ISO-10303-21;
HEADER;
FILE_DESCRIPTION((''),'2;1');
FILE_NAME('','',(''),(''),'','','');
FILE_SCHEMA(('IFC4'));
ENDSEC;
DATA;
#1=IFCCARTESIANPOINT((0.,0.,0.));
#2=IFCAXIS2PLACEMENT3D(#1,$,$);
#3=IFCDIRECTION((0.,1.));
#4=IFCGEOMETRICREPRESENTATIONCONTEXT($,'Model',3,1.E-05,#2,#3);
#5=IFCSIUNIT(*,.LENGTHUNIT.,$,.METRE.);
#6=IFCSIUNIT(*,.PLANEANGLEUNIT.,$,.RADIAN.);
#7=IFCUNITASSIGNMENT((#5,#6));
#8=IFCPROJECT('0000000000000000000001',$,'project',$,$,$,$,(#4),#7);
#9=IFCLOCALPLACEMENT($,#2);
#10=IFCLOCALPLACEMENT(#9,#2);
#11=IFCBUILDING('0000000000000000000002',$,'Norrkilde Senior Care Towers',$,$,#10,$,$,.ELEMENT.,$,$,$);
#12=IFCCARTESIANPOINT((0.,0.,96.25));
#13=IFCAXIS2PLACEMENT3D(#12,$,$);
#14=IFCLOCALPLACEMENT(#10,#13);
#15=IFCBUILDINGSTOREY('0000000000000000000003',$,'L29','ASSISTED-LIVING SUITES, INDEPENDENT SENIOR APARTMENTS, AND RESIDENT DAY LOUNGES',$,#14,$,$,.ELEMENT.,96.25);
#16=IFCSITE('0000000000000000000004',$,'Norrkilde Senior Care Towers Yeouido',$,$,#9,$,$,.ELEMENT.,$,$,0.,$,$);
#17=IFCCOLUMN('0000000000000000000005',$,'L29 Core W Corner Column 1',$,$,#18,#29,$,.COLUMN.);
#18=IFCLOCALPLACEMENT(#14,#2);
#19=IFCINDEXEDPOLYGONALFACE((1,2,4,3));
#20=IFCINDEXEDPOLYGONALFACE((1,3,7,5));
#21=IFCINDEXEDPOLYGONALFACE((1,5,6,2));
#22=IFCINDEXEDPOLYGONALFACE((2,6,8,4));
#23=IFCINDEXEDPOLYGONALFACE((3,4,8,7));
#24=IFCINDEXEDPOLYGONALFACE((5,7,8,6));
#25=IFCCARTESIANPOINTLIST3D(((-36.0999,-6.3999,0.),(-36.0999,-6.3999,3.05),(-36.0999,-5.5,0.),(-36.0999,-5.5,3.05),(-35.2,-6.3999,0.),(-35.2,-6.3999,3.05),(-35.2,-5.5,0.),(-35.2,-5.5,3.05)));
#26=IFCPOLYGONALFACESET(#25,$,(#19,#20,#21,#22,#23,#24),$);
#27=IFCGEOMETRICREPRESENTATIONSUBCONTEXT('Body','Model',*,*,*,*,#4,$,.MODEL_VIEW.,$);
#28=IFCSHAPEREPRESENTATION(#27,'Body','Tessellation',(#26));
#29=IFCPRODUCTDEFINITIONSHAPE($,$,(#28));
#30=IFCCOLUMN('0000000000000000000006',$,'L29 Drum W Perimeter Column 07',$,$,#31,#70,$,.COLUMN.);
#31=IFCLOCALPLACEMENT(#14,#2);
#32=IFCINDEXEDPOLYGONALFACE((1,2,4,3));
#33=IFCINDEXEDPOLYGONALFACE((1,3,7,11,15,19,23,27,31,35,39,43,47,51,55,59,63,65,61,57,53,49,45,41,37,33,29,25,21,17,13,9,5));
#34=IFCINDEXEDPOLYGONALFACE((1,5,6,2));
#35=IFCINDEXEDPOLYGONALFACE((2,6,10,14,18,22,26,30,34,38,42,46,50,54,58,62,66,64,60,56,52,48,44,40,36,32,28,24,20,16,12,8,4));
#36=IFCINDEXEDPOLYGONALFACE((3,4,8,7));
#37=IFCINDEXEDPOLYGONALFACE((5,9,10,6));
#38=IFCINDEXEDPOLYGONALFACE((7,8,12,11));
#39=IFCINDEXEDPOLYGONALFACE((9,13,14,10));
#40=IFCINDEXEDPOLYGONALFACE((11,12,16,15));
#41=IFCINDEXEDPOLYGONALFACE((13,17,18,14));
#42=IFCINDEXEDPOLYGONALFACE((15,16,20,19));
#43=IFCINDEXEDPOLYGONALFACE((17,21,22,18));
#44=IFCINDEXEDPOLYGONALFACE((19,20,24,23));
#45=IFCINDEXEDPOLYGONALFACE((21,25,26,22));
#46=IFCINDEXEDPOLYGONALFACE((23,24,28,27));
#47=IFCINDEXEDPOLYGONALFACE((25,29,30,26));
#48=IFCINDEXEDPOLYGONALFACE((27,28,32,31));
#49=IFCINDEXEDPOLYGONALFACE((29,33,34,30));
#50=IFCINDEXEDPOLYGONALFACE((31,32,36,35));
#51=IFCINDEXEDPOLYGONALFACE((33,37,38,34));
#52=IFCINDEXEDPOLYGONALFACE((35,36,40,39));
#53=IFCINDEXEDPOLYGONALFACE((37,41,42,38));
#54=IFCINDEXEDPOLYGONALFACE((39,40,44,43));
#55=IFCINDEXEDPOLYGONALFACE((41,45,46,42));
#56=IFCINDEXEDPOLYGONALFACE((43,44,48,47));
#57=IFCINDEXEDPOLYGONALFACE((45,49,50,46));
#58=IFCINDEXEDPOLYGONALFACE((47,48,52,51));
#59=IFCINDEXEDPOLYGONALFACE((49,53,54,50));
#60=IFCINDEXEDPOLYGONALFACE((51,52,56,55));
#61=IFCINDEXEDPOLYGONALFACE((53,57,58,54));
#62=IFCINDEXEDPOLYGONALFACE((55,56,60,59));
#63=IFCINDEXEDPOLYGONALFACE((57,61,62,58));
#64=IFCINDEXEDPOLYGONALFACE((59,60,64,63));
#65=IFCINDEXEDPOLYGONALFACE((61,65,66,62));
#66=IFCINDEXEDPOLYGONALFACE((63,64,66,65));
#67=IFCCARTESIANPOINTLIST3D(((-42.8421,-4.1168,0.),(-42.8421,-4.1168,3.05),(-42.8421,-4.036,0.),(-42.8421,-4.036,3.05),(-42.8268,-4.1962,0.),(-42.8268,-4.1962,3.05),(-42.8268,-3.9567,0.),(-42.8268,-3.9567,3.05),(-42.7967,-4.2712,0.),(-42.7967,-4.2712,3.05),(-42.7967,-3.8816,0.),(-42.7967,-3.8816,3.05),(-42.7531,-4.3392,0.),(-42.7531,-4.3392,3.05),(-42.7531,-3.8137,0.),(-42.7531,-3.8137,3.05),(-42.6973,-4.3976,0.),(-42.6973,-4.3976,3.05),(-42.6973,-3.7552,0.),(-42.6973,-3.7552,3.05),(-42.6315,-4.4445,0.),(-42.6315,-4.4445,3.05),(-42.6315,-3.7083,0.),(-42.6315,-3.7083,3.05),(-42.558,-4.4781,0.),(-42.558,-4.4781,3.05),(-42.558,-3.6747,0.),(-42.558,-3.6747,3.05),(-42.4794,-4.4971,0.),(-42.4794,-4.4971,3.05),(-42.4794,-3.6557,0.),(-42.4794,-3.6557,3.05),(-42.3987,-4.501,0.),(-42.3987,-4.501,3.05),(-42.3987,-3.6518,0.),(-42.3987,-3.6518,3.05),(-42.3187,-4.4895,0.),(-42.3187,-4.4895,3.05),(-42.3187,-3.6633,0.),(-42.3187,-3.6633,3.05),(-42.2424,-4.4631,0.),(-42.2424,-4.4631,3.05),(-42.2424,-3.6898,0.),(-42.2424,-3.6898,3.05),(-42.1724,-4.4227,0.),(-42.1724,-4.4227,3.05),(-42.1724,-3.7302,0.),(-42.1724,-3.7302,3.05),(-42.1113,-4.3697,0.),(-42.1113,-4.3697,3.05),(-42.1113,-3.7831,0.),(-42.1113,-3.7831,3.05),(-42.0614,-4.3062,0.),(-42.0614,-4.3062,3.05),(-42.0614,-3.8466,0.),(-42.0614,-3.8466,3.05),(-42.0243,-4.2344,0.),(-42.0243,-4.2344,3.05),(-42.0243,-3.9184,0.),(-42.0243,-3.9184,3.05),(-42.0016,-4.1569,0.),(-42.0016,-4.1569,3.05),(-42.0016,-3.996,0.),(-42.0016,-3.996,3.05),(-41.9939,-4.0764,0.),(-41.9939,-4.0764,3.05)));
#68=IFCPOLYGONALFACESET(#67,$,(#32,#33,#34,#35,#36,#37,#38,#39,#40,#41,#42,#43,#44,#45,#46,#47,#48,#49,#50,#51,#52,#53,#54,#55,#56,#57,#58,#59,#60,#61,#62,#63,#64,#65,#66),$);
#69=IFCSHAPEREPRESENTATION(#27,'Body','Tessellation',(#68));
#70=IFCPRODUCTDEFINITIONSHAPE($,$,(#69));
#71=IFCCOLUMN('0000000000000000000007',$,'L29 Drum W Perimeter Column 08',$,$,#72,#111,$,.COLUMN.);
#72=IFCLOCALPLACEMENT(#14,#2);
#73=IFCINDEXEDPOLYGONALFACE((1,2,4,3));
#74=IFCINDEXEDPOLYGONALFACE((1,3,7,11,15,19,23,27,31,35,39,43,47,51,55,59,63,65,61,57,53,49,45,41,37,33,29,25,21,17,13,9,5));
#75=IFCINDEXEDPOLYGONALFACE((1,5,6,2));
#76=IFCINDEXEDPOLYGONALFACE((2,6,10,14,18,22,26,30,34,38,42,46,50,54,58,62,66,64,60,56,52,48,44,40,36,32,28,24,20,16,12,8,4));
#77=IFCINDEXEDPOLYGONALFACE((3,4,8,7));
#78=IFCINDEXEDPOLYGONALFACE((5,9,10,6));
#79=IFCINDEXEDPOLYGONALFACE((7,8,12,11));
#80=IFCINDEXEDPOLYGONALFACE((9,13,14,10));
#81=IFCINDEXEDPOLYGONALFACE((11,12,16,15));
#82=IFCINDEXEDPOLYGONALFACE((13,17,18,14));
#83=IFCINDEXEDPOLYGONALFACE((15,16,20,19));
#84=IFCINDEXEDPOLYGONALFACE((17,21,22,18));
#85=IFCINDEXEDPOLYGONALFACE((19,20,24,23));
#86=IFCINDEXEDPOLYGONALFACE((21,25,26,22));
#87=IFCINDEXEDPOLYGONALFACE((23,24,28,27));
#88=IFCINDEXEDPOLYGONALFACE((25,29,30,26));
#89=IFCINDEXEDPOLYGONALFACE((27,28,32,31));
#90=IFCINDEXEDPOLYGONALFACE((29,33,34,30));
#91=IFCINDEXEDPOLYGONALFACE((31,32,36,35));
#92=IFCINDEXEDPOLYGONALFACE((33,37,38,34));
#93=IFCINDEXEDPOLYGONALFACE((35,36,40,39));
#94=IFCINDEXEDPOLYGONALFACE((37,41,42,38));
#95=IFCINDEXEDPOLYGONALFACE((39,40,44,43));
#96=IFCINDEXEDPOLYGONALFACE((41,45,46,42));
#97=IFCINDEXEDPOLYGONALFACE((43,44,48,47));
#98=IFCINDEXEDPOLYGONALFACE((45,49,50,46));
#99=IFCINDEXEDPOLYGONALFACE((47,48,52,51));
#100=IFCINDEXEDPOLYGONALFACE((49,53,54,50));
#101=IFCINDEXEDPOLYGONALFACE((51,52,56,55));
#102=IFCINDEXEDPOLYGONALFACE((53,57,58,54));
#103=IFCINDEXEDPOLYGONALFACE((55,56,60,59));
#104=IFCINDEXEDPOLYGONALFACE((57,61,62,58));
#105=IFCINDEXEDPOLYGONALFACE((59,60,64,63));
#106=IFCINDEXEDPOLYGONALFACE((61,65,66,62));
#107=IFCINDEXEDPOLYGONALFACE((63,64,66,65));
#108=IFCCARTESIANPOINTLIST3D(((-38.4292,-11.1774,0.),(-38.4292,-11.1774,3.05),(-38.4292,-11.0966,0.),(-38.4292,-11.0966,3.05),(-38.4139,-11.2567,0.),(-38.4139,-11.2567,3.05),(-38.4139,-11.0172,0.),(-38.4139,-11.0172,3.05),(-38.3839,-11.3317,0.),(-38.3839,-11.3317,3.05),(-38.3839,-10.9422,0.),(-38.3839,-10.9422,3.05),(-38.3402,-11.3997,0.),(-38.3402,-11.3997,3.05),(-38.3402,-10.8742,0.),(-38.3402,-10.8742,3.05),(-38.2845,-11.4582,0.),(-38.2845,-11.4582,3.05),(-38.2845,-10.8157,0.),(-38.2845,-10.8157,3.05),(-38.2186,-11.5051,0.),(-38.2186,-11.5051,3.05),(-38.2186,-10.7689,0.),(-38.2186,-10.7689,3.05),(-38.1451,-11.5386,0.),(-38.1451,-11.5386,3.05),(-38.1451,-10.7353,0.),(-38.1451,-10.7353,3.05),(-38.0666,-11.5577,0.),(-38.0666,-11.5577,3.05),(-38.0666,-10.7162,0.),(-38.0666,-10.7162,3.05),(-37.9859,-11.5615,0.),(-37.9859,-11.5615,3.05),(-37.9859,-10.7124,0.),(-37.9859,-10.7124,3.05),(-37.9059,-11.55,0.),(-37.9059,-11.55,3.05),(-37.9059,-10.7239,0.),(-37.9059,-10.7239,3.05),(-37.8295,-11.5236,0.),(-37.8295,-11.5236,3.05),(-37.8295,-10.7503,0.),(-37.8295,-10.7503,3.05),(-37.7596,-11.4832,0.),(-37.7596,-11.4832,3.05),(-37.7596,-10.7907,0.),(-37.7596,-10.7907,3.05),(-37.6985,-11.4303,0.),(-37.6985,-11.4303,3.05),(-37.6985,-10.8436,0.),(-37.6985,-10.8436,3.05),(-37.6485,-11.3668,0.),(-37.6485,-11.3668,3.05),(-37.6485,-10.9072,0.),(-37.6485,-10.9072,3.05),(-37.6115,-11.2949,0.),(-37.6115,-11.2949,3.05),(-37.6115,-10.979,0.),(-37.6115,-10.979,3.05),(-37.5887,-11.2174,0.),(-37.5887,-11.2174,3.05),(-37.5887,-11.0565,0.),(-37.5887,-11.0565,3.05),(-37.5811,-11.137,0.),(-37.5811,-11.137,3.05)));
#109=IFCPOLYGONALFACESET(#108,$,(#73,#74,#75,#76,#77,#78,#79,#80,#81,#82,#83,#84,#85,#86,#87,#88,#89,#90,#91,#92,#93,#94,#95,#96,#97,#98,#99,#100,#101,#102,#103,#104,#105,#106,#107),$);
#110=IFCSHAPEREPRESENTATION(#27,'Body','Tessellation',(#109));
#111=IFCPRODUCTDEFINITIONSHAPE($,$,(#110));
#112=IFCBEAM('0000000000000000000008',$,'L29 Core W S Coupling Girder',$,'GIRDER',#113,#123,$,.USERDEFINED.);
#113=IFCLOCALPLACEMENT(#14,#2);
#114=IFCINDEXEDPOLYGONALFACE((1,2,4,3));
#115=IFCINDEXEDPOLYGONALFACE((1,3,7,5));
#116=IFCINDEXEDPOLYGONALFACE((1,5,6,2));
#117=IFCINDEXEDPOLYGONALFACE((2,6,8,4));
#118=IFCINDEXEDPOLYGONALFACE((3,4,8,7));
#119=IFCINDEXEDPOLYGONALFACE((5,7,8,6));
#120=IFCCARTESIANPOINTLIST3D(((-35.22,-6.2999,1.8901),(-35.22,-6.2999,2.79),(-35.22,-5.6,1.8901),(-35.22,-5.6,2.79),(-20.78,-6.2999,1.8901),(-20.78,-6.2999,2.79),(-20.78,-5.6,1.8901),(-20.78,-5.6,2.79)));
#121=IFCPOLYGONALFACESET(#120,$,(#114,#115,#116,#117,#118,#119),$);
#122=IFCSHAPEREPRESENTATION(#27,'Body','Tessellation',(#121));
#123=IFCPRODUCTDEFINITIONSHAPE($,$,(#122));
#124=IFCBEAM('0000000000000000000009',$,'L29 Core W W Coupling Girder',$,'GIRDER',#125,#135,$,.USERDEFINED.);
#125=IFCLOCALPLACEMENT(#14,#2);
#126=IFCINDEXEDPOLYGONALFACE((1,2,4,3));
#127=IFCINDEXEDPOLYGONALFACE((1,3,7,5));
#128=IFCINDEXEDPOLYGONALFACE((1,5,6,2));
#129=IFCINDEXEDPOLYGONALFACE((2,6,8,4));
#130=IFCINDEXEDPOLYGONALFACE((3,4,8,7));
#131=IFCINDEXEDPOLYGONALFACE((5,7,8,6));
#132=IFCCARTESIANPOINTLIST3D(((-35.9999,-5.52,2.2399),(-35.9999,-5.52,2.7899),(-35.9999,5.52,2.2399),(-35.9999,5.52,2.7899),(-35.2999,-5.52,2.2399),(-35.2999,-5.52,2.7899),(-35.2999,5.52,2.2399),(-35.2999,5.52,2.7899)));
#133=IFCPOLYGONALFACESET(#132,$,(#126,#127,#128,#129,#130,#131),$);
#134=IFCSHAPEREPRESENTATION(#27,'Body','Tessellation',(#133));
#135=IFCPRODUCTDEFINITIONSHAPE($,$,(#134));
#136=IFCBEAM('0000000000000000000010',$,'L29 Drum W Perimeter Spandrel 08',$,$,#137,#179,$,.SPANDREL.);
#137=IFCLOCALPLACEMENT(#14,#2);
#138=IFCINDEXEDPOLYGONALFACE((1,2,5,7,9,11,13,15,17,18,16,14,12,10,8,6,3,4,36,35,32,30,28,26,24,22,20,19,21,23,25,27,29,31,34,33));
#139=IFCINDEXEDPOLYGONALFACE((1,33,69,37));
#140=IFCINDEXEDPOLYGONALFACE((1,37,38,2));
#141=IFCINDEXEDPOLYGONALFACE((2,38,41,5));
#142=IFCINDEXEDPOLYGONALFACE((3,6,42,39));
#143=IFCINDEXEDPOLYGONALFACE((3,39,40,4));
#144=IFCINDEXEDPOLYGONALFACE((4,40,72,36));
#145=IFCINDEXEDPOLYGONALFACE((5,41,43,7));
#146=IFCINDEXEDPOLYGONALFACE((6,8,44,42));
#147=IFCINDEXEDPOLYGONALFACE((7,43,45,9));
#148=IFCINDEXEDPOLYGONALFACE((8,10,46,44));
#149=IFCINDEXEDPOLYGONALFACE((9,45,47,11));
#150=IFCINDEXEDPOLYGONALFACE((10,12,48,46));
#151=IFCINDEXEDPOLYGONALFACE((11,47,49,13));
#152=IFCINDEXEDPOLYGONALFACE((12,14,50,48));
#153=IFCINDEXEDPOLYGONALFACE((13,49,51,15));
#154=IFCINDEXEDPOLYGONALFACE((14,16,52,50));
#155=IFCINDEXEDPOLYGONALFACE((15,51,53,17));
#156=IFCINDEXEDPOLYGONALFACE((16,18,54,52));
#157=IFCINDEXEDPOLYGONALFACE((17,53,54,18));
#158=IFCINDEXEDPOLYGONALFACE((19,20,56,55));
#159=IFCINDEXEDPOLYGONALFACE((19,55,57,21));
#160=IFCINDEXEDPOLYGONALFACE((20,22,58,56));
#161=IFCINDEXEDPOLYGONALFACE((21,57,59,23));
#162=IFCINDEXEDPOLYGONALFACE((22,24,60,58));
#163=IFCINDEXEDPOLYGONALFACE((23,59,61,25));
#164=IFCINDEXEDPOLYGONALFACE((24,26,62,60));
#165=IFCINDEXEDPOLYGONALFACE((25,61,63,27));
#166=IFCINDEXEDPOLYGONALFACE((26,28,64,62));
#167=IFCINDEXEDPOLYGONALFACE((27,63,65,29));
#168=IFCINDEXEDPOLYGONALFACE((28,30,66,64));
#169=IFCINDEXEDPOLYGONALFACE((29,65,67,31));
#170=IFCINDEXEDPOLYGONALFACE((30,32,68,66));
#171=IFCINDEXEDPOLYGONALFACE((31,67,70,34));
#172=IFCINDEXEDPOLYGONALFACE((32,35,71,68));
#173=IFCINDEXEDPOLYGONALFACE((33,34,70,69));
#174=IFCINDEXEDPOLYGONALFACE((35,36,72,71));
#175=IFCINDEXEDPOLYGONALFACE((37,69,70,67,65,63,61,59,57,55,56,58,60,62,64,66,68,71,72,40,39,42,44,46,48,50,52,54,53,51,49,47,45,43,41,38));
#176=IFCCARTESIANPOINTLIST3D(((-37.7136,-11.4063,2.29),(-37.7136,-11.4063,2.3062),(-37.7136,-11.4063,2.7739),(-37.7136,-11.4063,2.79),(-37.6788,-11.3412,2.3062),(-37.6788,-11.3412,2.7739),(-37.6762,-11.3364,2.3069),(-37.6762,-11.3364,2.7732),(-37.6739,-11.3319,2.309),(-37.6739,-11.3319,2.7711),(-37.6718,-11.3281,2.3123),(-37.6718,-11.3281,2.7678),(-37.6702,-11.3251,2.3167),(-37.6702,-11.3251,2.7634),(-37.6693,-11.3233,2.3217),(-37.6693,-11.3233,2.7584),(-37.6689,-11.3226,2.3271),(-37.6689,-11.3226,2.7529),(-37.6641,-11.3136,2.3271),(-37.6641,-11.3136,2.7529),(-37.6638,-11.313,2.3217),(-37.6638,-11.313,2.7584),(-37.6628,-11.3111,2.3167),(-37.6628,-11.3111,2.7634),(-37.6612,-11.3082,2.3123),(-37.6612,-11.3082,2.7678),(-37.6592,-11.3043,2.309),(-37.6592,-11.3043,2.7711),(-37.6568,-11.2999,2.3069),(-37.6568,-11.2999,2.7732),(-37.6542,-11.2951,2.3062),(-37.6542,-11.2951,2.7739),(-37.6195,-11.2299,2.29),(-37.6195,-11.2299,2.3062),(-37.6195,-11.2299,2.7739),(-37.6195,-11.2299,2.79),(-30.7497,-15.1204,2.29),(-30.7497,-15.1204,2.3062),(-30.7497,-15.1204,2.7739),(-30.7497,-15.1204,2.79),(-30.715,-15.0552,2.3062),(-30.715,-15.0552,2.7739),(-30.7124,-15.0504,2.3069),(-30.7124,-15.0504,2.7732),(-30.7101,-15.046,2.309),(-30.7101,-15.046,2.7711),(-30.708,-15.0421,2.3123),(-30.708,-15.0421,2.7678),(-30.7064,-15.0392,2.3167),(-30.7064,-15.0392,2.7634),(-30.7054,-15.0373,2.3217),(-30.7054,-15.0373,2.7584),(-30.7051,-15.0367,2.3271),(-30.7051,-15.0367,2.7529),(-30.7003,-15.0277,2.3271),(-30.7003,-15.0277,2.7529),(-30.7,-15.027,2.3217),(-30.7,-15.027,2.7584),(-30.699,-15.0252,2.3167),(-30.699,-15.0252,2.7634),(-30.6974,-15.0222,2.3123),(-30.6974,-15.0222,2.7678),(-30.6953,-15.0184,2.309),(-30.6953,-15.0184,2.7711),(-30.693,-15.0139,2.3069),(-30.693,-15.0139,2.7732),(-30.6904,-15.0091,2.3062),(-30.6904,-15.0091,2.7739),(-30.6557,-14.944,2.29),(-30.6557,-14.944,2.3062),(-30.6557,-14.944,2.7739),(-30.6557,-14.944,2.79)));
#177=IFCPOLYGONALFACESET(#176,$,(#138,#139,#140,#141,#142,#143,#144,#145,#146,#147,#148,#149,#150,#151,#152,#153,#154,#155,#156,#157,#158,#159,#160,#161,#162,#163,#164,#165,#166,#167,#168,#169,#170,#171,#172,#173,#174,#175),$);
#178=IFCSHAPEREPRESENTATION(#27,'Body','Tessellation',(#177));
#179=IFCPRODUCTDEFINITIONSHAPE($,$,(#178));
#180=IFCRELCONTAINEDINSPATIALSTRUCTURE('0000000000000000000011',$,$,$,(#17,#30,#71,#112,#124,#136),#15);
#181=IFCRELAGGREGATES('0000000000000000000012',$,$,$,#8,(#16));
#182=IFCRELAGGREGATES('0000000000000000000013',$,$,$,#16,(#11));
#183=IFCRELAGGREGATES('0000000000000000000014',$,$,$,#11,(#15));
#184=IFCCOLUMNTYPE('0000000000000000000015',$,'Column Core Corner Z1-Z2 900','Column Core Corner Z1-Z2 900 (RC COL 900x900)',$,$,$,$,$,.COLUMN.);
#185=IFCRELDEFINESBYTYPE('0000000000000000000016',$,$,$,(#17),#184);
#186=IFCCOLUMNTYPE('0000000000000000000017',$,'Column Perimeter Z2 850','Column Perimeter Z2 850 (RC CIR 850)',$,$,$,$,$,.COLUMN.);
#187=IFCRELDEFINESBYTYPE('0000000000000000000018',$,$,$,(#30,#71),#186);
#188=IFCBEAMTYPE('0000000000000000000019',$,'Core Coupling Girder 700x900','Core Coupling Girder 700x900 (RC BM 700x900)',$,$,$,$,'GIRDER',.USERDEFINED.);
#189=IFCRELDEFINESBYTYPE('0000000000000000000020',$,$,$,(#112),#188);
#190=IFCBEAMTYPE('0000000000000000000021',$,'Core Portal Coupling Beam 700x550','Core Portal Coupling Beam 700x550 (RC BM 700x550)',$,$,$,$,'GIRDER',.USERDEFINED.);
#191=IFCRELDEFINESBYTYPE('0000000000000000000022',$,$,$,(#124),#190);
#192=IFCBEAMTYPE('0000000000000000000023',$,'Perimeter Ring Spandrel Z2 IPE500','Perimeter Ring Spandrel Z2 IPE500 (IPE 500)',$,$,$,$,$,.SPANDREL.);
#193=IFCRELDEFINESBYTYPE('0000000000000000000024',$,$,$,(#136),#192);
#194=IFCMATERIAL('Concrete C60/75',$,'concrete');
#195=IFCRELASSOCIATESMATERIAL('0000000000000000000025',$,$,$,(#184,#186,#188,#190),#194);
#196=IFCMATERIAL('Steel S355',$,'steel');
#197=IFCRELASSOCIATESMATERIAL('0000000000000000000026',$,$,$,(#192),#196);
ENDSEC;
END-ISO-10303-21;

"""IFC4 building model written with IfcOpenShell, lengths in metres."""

from ifc_helpers import new_model, si_unit, direction, frame, origin, origin_2d, place, context, subcontext, project, spatial, rectangle, circle, i_section, extrude, source, transform, mapped, material, material_profile, profile_set, type_object, type_shapes, element, save


model = new_model("IFC4")

# Units and contexts
model_context = context("Model", 3, precision=1e-05, world=origin(), true_north=direction((0.0, 1.0)))
body_context = subcontext(model_context, "Body", "Model", "MODEL_VIEW")
ifc_project = project(units=[si_unit("LENGTHUNIT", "METRE"), si_unit("PLANEANGLEUNIT", "RADIAN")], contexts=[model_context])

# Site, building, storey
site_placement = place(None, origin())
site = spatial("IfcSite", under=ifc_project, at=site_placement, Name="Norrkilde Senior Care Towers Yeouido", CompositionType="ELEMENT", RefElevation=0.0)
building_placement = place(site_placement, origin())
building = spatial("IfcBuilding", under=site, at=building_placement, Name="Norrkilde Senior Care Towers", CompositionType="ELEMENT")
storey_placement = place(building_placement, frame((0.0, 0.0, 96.25)))
storey = spatial("IfcBuildingStorey", under=building, at=storey_placement, Name="L29", Description="ASSISTED-LIVING SUITES, INDEPENDENT SENIOR APARTMENTS, AND RESIDENT DAY LOUNGES", CompositionType="ELEMENT", Elevation=96.25)

# Columns
ifc_material_1 = material(Name="Concrete C60/75", Category="concrete")
ifc_material_profile_1 = material_profile(ifc_material_1, rectangle(XDim=0.8999, YDim=0.8999, at=origin_2d()), Name="RC COL 900x900")
ifc_profile_set_1 = profile_set([ifc_material_profile_1], Name="Concrete C60/75")
column_type_1 = type_object("IfcColumnType", Name="Column Core Corner Z1-Z2 900", Description="Column Core Corner Z1-Z2 900 (RC COL 900x900)", PredefinedType="COLUMN", material=ifc_profile_set_1)
shared_shape_1 = source(origin(), body_context, "Body", "SweptSolid", [
    extrude(rectangle(XDim=0.8999, YDim=0.8999, at=origin_2d()), origin(), (0.0, 0.0, 1.0), 3.05),
])
type_shapes(column_type_1, [shared_shape_1])
column_placement = place(storey_placement, frame((-35.6499, -5.95, 0.0), z_axis=(0.0, 0.0, 1.0), x_axis=(1.0, 0.0, 0.0)))
element("IfcColumn", 1, at=column_placement, inside=storey, type_object=column_type_1, Name="L29 Core W Corner Column 1", PredefinedType="COLUMN", context=body_context, shape_type="MappedRepresentation", body=[
    mapped(shared_shape_1, transform((0.0, 0.0, 0.0), x_axis=(1.0, 0.0, 0.0), y_axis=(0.0, 1.0, 0.0), z_axis=(0.0, 0.0, 1.0), scale=1.0)),
])
ifc_material_profile_2 = material_profile(ifc_material_1, circle(Radius=0.425, at=origin_2d()), Name="RC CIR 850")
ifc_profile_set_2 = profile_set([ifc_material_profile_2], Name="Concrete C60/75")
column_type_2 = type_object("IfcColumnType", Name="Column Perimeter Z2 850", Description="Column Perimeter Z2 850 (RC CIR 850)", PredefinedType="COLUMN", material=ifc_profile_set_2)
shared_shape_2 = source(origin(), body_context, "Body", "SweptSolid", [
    extrude(circle(Radius=0.425, at=origin_2d()), origin(), (0.0, 0.0, 1.0), 3.05),
])
type_shapes(column_type_2, [shared_shape_2])
for number, where, z_axis, x_axis, name in (
    (2, (-42.4189, -4.0764, 0.0), (0.0, 0.0, 1.0), (1.0, 0.0, 0.0), "L29 Drum W Perimeter Column 07"),
    (3, (-38.0061, -11.137, 0.0), (0.0, 0.0, 1.0), (1.0, 0.0, 0.0), "L29 Drum W Perimeter Column 08"),
):
    element("IfcColumn", number, at=place(storey_placement, frame(where, z_axis=z_axis, x_axis=x_axis)), inside=storey, type_object=column_type_2, Name=name, PredefinedType="COLUMN", context=body_context, shape_type="MappedRepresentation", body=[
        mapped(shared_shape_2, transform((0.0, 0.0, 0.0), x_axis=(1.0, 0.0, 0.0), y_axis=(0.0, 1.0, 0.0), z_axis=(0.0, 0.0, 1.0), scale=1.0)),
    ])

# Beams
ifc_material_profile_3 = material_profile(ifc_material_1, rectangle(XDim=0.7, YDim=0.8999, at=origin_2d()), Name="RC BM 700x900")
ifc_profile_set_3 = profile_set([ifc_material_profile_3], Name="Concrete C60/75")
beam_type_1 = type_object("IfcBeamType", Name="Core Coupling Girder 700x900", Description="Core Coupling Girder 700x900 (RC BM 700x900)", ElementType="GIRDER", PredefinedType="USERDEFINED", material=ifc_profile_set_3)
shared_shape_3 = source(origin(), body_context, "Body", "SweptSolid", [
    extrude(rectangle(XDim=0.7, YDim=0.8999, at=origin_2d()), origin(), (0.0, 0.0, 1.0), 14.4399),
])
type_shapes(beam_type_1, [shared_shape_3])
beam_1_placement = place(storey_placement, frame((-35.22, -5.95, 2.3401), z_axis=(1.0, 0.0, 0.0), x_axis=(0.0, 1.0, 0.0)))
element("IfcBeam", 4, at=beam_1_placement, inside=storey, type_object=beam_type_1, Name="L29 Core W S Coupling Girder", ObjectType="GIRDER", PredefinedType="USERDEFINED", context=body_context, shape_type="MappedRepresentation", body=[
    mapped(shared_shape_3, transform((0.0, 0.0, 0.0), x_axis=(1.0, 0.0, 0.0), y_axis=(0.0, 1.0, 0.0), z_axis=(0.0, 0.0, 1.0), scale=1.0)),
])
ifc_material_profile_4 = material_profile(ifc_material_1, rectangle(XDim=0.7, YDim=0.55, at=origin_2d()), Name="RC BM 700x550")
ifc_profile_set_4 = profile_set([ifc_material_profile_4], Name="Concrete C60/75")
beam_type_2 = type_object("IfcBeamType", Name="Core Portal Coupling Beam 700x550", Description="Core Portal Coupling Beam 700x550 (RC BM 700x550)", ElementType="GIRDER", PredefinedType="USERDEFINED", material=ifc_profile_set_4)
shared_shape_4 = source(origin(), body_context, "Body", "SweptSolid", [
    extrude(rectangle(XDim=0.7, YDim=0.55, at=origin_2d()), origin(), (0.0, 0.0, 1.0), 11.04),
])
type_shapes(beam_type_2, [shared_shape_4])
beam_2_placement = place(storey_placement, frame((-35.6499, -5.52, 2.5149), z_axis=(0.0, 1.0, 0.0), x_axis=(-1.0, 0.0, 0.0)))
element("IfcBeam", 5, at=beam_2_placement, inside=storey, type_object=beam_type_2, Name="L29 Core W W Coupling Girder", ObjectType="GIRDER", PredefinedType="USERDEFINED", context=body_context, shape_type="MappedRepresentation", body=[
    mapped(shared_shape_4, transform((0.0, 0.0, 0.0), x_axis=(1.0, 0.0, 0.0), y_axis=(0.0, 1.0, 0.0), z_axis=(0.0, 0.0, 1.0), scale=1.0)),
])
ifc_material_2 = material(Name="Steel S355", Category="steel")
ifc_material_profile_5 = material_profile(ifc_material_2, i_section(OverallWidth=0.2, OverallDepth=0.5, WebThickness=0.0103, FlangeThickness=0.0161, FilletRadius=0.021, at=origin_2d()), Name="IPE 500")
ifc_profile_set_5 = profile_set([ifc_material_profile_5], Name="Steel S355")
beam_type_3 = type_object("IfcBeamType", Name="Perimeter Ring Spandrel Z2 IPE500", Description="Perimeter Ring Spandrel Z2 IPE500 (IPE 500)", PredefinedType="SPANDREL", material=ifc_profile_set_5)
shared_shape_5 = source(origin(), body_context, "Body", "SweptSolid", [
    extrude(i_section(OverallWidth=0.2, OverallDepth=0.5, WebThickness=0.0103, FlangeThickness=0.0161, FilletRadius=0.021, at=origin_2d()), origin(), (0.0, 0.0, 1.0), 7.8923),
])
beam_3_placement = place(storey_placement, frame((-37.6665, -11.3181, 2.54), z_axis=(0.88235, -0.470593, 0.0), x_axis=(0.470593, 0.88235, 0.0)))
element("IfcBeam", 6, at=beam_3_placement, inside=storey, type_object=beam_type_3, Name="L29 Drum W Perimeter Spandrel 08", PredefinedType="SPANDREL", context=body_context, shape_type="MappedRepresentation", body=[
    mapped(shared_shape_5, transform((0.0, 0.0, 0.0), x_axis=(1.0, 0.0, 0.0), y_axis=(0.0, 1.0, 0.0), z_axis=(0.0, 0.0, 1.0), scale=1.0)),
])

save(model, "model.ifc")
